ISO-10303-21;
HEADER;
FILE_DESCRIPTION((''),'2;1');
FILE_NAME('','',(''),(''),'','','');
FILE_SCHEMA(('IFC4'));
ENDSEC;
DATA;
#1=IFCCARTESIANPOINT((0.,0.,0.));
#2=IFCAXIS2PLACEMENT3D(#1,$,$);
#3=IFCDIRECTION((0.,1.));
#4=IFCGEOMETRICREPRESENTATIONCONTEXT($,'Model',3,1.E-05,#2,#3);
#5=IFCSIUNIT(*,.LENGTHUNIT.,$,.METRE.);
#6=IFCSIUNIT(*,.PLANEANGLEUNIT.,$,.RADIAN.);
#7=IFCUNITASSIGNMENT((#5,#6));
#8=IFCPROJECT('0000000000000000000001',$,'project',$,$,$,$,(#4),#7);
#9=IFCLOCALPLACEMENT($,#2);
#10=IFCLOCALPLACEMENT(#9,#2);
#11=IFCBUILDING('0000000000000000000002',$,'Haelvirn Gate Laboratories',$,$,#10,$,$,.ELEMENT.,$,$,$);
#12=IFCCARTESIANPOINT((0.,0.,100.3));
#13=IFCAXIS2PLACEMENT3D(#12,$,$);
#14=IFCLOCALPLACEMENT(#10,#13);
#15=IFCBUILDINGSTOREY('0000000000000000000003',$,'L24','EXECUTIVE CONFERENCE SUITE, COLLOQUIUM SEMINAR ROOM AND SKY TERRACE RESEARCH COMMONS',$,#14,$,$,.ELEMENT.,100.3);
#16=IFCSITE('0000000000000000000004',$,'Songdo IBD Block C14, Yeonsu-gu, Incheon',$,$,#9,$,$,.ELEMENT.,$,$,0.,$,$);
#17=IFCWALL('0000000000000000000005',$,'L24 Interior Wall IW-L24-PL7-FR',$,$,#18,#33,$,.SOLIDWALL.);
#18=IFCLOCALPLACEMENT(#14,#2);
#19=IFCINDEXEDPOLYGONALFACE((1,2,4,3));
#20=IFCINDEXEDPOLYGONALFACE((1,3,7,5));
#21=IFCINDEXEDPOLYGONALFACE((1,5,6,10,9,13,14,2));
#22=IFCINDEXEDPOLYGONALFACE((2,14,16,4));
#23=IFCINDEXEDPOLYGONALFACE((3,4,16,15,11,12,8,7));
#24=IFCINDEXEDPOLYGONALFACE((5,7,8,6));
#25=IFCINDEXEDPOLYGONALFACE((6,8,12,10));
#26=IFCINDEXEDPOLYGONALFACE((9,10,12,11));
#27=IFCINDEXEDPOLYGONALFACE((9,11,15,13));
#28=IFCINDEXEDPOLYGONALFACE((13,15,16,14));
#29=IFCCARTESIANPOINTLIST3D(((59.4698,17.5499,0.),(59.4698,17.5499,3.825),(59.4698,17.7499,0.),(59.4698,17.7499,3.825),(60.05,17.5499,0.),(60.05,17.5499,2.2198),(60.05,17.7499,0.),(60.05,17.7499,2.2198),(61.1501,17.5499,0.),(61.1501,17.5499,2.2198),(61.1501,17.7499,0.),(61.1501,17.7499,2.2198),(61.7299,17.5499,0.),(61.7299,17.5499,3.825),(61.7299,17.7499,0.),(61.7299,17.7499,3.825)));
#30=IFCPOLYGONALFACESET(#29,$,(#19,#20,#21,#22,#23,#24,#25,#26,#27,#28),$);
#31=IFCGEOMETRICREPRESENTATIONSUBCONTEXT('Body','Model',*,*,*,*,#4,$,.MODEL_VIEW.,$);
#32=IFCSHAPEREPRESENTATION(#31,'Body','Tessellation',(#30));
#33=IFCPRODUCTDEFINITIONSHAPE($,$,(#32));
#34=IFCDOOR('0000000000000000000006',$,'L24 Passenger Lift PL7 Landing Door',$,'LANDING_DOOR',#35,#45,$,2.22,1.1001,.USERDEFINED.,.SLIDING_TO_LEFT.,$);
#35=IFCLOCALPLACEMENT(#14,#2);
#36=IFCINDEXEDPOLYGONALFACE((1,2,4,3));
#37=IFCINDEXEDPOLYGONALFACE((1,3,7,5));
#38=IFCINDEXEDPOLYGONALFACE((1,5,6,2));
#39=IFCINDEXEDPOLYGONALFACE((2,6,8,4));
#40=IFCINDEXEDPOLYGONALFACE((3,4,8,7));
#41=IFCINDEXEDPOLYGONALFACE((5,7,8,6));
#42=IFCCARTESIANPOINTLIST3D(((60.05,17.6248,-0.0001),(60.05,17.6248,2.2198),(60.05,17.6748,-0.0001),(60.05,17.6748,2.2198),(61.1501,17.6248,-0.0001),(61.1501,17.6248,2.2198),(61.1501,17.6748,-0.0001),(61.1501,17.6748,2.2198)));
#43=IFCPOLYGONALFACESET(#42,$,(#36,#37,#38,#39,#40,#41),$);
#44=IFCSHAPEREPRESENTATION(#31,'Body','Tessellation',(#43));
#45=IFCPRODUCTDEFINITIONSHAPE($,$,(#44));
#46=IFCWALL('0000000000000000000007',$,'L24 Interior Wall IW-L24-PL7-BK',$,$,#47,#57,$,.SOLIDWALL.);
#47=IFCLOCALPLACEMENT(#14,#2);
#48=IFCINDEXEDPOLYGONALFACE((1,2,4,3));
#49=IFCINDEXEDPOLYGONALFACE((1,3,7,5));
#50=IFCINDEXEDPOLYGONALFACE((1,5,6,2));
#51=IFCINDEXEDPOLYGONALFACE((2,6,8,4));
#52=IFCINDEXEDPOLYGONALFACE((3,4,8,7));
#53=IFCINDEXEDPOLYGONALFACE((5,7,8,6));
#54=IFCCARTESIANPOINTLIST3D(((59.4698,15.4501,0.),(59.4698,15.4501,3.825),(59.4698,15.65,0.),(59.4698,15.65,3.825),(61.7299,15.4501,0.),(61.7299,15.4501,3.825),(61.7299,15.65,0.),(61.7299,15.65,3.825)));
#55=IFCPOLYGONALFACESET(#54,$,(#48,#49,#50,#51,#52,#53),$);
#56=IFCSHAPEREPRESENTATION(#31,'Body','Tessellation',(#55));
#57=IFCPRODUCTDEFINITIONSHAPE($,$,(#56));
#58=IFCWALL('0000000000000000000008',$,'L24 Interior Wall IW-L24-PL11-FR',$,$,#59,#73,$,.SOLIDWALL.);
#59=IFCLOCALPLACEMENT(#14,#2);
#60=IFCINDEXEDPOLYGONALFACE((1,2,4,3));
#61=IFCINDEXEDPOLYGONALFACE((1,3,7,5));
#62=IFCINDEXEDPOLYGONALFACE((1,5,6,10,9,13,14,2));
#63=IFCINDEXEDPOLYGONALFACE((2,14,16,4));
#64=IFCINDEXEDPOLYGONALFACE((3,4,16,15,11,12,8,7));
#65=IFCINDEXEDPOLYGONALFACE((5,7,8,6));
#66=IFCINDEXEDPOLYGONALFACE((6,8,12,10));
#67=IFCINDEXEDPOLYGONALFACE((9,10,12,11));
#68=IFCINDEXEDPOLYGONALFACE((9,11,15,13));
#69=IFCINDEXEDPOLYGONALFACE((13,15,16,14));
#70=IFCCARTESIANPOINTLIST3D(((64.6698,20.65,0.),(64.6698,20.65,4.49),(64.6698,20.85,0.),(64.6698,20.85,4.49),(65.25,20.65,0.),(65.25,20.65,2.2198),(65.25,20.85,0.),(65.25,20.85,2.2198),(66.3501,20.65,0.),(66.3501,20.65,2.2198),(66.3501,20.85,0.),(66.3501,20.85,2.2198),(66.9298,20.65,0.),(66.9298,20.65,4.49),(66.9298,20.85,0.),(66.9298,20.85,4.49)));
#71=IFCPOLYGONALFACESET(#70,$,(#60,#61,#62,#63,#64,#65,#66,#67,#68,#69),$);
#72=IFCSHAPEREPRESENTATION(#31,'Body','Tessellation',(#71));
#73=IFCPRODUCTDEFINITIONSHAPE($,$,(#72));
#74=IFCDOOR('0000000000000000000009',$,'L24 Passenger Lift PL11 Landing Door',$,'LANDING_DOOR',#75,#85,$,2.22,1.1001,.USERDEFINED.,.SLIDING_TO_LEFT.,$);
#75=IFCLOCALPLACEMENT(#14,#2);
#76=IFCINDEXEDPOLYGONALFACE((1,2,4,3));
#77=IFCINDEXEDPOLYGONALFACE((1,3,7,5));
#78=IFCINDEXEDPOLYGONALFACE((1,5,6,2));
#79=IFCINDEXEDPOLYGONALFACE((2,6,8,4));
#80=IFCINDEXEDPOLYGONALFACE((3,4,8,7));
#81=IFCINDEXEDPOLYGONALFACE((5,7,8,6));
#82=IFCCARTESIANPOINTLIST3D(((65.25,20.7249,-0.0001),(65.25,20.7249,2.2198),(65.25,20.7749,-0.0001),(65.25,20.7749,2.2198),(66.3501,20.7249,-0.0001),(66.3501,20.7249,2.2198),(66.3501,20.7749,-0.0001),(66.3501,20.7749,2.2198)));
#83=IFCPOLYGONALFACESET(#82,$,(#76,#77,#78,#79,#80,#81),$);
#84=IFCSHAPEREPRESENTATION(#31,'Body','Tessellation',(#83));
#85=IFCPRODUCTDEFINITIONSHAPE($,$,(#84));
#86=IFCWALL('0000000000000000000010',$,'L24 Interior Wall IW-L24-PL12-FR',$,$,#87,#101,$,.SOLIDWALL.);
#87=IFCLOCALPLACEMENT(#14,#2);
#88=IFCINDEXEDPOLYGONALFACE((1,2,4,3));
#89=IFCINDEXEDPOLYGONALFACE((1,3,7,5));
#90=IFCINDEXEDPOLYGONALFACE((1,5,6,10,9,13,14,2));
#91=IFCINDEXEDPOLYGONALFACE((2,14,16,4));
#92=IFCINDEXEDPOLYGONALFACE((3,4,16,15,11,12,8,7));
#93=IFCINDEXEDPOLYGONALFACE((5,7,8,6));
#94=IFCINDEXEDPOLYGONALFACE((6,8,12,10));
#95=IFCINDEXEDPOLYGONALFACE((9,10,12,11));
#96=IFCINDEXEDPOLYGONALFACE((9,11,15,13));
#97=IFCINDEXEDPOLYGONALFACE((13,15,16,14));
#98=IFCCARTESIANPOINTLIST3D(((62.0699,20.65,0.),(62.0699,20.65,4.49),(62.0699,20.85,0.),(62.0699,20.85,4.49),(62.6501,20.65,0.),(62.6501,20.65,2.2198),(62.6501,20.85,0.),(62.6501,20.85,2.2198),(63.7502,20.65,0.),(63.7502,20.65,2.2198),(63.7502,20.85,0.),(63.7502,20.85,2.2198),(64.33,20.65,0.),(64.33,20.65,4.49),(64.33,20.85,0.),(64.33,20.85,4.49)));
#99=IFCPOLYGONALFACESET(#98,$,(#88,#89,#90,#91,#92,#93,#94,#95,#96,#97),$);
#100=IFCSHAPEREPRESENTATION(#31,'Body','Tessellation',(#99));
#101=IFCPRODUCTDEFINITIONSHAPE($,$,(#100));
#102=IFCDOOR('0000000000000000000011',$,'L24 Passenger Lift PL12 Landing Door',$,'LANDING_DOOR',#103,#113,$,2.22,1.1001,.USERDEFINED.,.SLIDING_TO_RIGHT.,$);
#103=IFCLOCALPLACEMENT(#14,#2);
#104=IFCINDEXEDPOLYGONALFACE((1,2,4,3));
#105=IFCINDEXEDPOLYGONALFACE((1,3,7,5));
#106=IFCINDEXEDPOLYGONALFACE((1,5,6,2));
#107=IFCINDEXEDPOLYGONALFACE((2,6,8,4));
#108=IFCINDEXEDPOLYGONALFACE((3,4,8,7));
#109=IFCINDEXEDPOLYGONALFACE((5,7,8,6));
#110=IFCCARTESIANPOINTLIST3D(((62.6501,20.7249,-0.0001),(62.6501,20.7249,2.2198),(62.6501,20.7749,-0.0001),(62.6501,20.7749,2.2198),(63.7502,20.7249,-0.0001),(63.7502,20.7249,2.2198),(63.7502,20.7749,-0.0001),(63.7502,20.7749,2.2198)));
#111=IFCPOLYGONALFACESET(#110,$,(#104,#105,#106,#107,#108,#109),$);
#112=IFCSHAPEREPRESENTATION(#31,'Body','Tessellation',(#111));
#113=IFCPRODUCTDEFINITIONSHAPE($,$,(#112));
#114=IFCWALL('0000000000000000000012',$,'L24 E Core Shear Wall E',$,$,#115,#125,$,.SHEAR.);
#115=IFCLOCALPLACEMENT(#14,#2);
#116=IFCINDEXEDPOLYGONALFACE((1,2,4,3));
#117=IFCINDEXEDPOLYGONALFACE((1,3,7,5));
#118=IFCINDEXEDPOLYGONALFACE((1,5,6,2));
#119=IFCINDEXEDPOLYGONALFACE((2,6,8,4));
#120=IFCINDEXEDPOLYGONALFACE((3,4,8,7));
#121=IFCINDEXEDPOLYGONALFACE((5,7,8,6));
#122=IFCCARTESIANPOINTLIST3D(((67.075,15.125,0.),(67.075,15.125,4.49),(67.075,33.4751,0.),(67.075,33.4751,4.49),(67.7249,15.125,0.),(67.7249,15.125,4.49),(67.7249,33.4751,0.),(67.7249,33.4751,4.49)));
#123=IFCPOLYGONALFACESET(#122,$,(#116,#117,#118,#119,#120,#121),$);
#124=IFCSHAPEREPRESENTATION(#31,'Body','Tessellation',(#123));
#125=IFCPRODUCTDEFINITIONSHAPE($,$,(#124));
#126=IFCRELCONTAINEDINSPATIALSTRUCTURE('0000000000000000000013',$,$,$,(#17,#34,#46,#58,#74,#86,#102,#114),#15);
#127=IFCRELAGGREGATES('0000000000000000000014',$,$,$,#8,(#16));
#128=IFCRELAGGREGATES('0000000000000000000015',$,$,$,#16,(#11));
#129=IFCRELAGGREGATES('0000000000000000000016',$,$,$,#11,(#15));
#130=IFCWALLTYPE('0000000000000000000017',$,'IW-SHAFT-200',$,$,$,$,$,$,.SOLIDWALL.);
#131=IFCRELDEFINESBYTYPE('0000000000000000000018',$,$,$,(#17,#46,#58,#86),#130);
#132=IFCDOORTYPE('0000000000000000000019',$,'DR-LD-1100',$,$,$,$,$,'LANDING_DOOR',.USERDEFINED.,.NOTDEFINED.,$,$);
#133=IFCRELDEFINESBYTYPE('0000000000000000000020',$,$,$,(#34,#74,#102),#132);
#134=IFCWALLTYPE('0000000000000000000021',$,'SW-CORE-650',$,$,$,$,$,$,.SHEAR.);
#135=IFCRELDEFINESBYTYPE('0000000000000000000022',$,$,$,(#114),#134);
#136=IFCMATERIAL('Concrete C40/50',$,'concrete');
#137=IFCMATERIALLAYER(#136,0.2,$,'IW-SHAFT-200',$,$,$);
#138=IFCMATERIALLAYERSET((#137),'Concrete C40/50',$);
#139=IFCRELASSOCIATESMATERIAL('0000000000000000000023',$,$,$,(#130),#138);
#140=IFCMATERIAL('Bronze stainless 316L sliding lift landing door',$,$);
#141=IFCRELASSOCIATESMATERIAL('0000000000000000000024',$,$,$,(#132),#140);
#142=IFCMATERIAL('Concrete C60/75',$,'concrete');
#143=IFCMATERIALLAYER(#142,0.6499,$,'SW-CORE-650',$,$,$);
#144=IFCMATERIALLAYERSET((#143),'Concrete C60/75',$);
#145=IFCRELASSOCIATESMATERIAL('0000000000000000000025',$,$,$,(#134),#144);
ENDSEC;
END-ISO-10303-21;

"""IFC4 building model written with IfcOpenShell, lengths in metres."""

from ifc_helpers import new_model, si_unit, direction, frame, frame_2d, origin, place, context, subcontext, project, spatial, rectangle, extrude, source, transform, mapped, material, layer, layer_set, type_object, type_shapes, element, fill, save


model = new_model("IFC4")

# Units and contexts
model_context = context("Model", 3, precision=1e-05, world=origin(), true_north=direction((0.0, 1.0)))
body_context = subcontext(model_context, "Body", "Model", "MODEL_VIEW")
ifc_project = project(units=[si_unit("LENGTHUNIT", "METRE"), si_unit("PLANEANGLEUNIT", "RADIAN")], contexts=[model_context])

# Site, building, storey
site_placement = place(None, origin())
site = spatial("IfcSite", under=ifc_project, at=site_placement, Name="Songdo IBD Block C14, Yeonsu-gu, Incheon", CompositionType="ELEMENT", RefElevation=0.0)
building_placement = place(site_placement, origin())
building = spatial("IfcBuilding", under=site, at=building_placement, Name="Haelvirn Gate Laboratories", CompositionType="ELEMENT")
storey_placement = place(building_placement, frame((0.0, 0.0, 100.3)))
storey = spatial("IfcBuildingStorey", under=building, at=storey_placement, Name="L24", Description="EXECUTIVE CONFERENCE SUITE, COLLOQUIUM SEMINAR ROOM AND SKY TERRACE RESEARCH COMMONS", CompositionType="ELEMENT", Elevation=100.3)

# Shared definitions
ifc_material_1 = material(Name="Concrete C60/75", Category="concrete")

# Shared definitions
ifc_material_2 = material(Name="Concrete C40/50", Category="concrete")

# Shared definitions
ifc_layer_1 = layer(ifc_material_2, 0.2, Name="IW-SHAFT-200")
ifc_layer_set_1 = layer_set([ifc_layer_1], Name="Concrete C40/50")
wall_type_1 = type_object("IfcWallType", Name="IW-SHAFT-200", PredefinedType="SOLIDWALL", material=ifc_layer_set_1)
ifc_material_3 = material(Name="Bronze stainless 316L sliding lift landing door")
door_type_1 = type_object("IfcDoorType", Name="DR-LD-1100", ElementType="LANDING_DOOR", OperationType="NOTDEFINED", PredefinedType="USERDEFINED", material=ifc_material_3)
shared_shape_1 = source(origin(), body_context, "Body", "SweptSolid", [
    extrude(rectangle(XDim=1.1001, YDim=2.22, at=frame_2d((0.55, 1.1099))), frame((0.0, 0.0249, 0.0), z_axis=(0.0, -1.0, 0.0), x_axis=(1.0, 0.0, 0.0)), (0.0, 0.0, 1.0), 0.05),
])
type_shapes(door_type_1, [shared_shape_1])

# Wall, opening, door
wall_1_placement = place(storey_placement, frame((59.47, 17.6499, 0.0), z_axis=(0.0, 0.0, 1.0), x_axis=(1.0, 0.0, 0.0)))
wall_1 = element("IfcWall", 1, at=wall_1_placement, inside=storey, type_object=wall_type_1, Name="L24 Interior Wall IW-L24-PL7-FR", PredefinedType="SOLIDWALL", context=body_context, shape_type="SweptSolid", body=[
    extrude(rectangle(XDim=2.26, YDim=0.2, at=frame_2d((1.1299, 0.0))), origin(), (0.0, 0.0, 1.0), 3.825),
])
opening_1_placement = place(wall_1_placement, frame((0.5801, 0.0, 0.0)))
opening_1 = element("IfcOpeningElement", 2, at=opening_1_placement, cuts=wall_1, PredefinedType="OPENING", context=body_context, shape_type="SweptSolid", body=[
    extrude(rectangle(XDim=1.1001, YDim=2.22, at=frame_2d((0.55, 1.1099))), frame((0.0, 0.1099, 0.0), z_axis=(0.0, -1.0, 0.0), x_axis=(1.0, 0.0, 0.0)), (0.0, 0.0, 1.0), 0.22),
])
door_1_placement = place(opening_1_placement, origin())
door_1 = element("IfcDoor", 3, at=door_1_placement, inside=storey, type_object=door_type_1, Name="L24 Passenger Lift PL7 Landing Door", ObjectType="LANDING_DOOR", OperationType="SLIDING_TO_LEFT", OverallHeight=2.22, OverallWidth=1.1001, PredefinedType="USERDEFINED", context=body_context, shape_type="MappedRepresentation", body=[
    mapped(shared_shape_1, transform((0.0, 0.0, 0.0), scale=1.0)),
])
fill(opening_1, door_1)

# Wall
wall_2_placement = place(storey_placement, frame((59.47, 15.55, 0.0), z_axis=(0.0, 0.0, 1.0), x_axis=(1.0, 0.0, 0.0)))
element("IfcWall", 4, at=wall_2_placement, inside=storey, type_object=wall_type_1, Name="L24 Interior Wall IW-L24-PL7-BK", PredefinedType="SOLIDWALL", context=body_context, shape_type="SweptSolid", body=[
    extrude(rectangle(XDim=2.26, YDim=0.2, at=frame_2d((1.1299, 0.0))), origin(), (0.0, 0.0, 1.0), 3.825),
])

# Walls, openings, doors
wall_3_placement = place(storey_placement, frame((64.6699, 20.75, 0.0), z_axis=(0.0, 0.0, 1.0), x_axis=(1.0, 0.0, 0.0)))
wall_3 = element("IfcWall", 5, at=wall_3_placement, inside=storey, type_object=wall_type_1, Name="L24 Interior Wall IW-L24-PL11-FR", PredefinedType="SOLIDWALL", context=body_context, shape_type="SweptSolid", body=[
    extrude(rectangle(XDim=2.26, YDim=0.2, at=frame_2d((1.1299, 0.0))), origin(), (0.0, 0.0, 1.0), 4.49),
])
opening_2_placement = place(wall_3_placement, frame((0.5801, 0.0, 0.0)))
opening_2 = element("IfcOpeningElement", 6, at=opening_2_placement, cuts=wall_3, PredefinedType="OPENING", context=body_context, shape_type="SweptSolid", body=[
    extrude(rectangle(XDim=1.1001, YDim=2.22, at=frame_2d((0.55, 1.1099))), frame((0.0, 0.1099, 0.0), z_axis=(0.0, -1.0, 0.0), x_axis=(1.0, 0.0, 0.0)), (0.0, 0.0, 1.0), 0.22),
])
door_2_placement = place(opening_2_placement, origin())
door_2 = element("IfcDoor", 7, at=door_2_placement, inside=storey, type_object=door_type_1, Name="L24 Passenger Lift PL11 Landing Door", ObjectType="LANDING_DOOR", OperationType="SLIDING_TO_LEFT", OverallHeight=2.22, OverallWidth=1.1001, PredefinedType="USERDEFINED", context=body_context, shape_type="MappedRepresentation", body=[
    mapped(shared_shape_1, transform((0.0, 0.0, 0.0), scale=1.0)),
])
fill(opening_2, door_2)
wall_4_placement = place(storey_placement, frame((62.0701, 20.75, 0.0), z_axis=(0.0, 0.0, 1.0), x_axis=(1.0, 0.0, 0.0)))
wall_4 = element("IfcWall", 8, at=wall_4_placement, inside=storey, type_object=wall_type_1, Name="L24 Interior Wall IW-L24-PL12-FR", PredefinedType="SOLIDWALL", context=body_context, shape_type="SweptSolid", body=[
    extrude(rectangle(XDim=2.26, YDim=0.2, at=frame_2d((1.1299, 0.0))), origin(), (0.0, 0.0, 1.0), 4.49),
])
opening_3_placement = place(wall_4_placement, frame((0.5801, 0.0, 0.0)))
opening_3 = element("IfcOpeningElement", 9, at=opening_3_placement, cuts=wall_4, PredefinedType="OPENING", context=body_context, shape_type="SweptSolid", body=[
    extrude(rectangle(XDim=1.1001, YDim=2.22, at=frame_2d((0.55, 1.1099))), frame((0.0, 0.1099, 0.0), z_axis=(0.0, -1.0, 0.0), x_axis=(1.0, 0.0, 0.0)), (0.0, 0.0, 1.0), 0.22),
])
door_3_placement = place(opening_3_placement, origin())
door_3 = element("IfcDoor", 10, at=door_3_placement, inside=storey, type_object=door_type_1, Name="L24 Passenger Lift PL12 Landing Door", ObjectType="LANDING_DOOR", OperationType="SLIDING_TO_RIGHT", OverallHeight=2.22, OverallWidth=1.1001, PredefinedType="USERDEFINED", context=body_context, shape_type="MappedRepresentation", body=[
    mapped(shared_shape_1, transform((0.0, 0.0, 0.0), scale=1.0)),
])
fill(opening_3, door_3)

# Wall
ifc_layer_2 = layer(ifc_material_1, 0.6499, Name="SW-CORE-650")
ifc_layer_set_2 = layer_set([ifc_layer_2], Name="Concrete C60/75")
wall_type_2 = type_object("IfcWallType", Name="SW-CORE-650", PredefinedType="SHEAR", material=ifc_layer_set_2)
wall_5_placement = place(storey_placement, frame((67.3999, 15.125, 0.0), z_axis=(0.0, 0.0, 1.0), x_axis=(0.0, 1.0, 0.0)))
element("IfcWall", 11, at=wall_5_placement, inside=storey, type_object=wall_type_2, Name="L24 E Core Shear Wall E", PredefinedType="SHEAR", context=body_context, shape_type="SweptSolid", body=[
    extrude(rectangle(XDim=18.3501, YDim=0.6499, at=frame_2d((9.175, 0.0))), origin(), (0.0, 0.0, 1.0), 4.49),
])

save(model, "model.ifc")
